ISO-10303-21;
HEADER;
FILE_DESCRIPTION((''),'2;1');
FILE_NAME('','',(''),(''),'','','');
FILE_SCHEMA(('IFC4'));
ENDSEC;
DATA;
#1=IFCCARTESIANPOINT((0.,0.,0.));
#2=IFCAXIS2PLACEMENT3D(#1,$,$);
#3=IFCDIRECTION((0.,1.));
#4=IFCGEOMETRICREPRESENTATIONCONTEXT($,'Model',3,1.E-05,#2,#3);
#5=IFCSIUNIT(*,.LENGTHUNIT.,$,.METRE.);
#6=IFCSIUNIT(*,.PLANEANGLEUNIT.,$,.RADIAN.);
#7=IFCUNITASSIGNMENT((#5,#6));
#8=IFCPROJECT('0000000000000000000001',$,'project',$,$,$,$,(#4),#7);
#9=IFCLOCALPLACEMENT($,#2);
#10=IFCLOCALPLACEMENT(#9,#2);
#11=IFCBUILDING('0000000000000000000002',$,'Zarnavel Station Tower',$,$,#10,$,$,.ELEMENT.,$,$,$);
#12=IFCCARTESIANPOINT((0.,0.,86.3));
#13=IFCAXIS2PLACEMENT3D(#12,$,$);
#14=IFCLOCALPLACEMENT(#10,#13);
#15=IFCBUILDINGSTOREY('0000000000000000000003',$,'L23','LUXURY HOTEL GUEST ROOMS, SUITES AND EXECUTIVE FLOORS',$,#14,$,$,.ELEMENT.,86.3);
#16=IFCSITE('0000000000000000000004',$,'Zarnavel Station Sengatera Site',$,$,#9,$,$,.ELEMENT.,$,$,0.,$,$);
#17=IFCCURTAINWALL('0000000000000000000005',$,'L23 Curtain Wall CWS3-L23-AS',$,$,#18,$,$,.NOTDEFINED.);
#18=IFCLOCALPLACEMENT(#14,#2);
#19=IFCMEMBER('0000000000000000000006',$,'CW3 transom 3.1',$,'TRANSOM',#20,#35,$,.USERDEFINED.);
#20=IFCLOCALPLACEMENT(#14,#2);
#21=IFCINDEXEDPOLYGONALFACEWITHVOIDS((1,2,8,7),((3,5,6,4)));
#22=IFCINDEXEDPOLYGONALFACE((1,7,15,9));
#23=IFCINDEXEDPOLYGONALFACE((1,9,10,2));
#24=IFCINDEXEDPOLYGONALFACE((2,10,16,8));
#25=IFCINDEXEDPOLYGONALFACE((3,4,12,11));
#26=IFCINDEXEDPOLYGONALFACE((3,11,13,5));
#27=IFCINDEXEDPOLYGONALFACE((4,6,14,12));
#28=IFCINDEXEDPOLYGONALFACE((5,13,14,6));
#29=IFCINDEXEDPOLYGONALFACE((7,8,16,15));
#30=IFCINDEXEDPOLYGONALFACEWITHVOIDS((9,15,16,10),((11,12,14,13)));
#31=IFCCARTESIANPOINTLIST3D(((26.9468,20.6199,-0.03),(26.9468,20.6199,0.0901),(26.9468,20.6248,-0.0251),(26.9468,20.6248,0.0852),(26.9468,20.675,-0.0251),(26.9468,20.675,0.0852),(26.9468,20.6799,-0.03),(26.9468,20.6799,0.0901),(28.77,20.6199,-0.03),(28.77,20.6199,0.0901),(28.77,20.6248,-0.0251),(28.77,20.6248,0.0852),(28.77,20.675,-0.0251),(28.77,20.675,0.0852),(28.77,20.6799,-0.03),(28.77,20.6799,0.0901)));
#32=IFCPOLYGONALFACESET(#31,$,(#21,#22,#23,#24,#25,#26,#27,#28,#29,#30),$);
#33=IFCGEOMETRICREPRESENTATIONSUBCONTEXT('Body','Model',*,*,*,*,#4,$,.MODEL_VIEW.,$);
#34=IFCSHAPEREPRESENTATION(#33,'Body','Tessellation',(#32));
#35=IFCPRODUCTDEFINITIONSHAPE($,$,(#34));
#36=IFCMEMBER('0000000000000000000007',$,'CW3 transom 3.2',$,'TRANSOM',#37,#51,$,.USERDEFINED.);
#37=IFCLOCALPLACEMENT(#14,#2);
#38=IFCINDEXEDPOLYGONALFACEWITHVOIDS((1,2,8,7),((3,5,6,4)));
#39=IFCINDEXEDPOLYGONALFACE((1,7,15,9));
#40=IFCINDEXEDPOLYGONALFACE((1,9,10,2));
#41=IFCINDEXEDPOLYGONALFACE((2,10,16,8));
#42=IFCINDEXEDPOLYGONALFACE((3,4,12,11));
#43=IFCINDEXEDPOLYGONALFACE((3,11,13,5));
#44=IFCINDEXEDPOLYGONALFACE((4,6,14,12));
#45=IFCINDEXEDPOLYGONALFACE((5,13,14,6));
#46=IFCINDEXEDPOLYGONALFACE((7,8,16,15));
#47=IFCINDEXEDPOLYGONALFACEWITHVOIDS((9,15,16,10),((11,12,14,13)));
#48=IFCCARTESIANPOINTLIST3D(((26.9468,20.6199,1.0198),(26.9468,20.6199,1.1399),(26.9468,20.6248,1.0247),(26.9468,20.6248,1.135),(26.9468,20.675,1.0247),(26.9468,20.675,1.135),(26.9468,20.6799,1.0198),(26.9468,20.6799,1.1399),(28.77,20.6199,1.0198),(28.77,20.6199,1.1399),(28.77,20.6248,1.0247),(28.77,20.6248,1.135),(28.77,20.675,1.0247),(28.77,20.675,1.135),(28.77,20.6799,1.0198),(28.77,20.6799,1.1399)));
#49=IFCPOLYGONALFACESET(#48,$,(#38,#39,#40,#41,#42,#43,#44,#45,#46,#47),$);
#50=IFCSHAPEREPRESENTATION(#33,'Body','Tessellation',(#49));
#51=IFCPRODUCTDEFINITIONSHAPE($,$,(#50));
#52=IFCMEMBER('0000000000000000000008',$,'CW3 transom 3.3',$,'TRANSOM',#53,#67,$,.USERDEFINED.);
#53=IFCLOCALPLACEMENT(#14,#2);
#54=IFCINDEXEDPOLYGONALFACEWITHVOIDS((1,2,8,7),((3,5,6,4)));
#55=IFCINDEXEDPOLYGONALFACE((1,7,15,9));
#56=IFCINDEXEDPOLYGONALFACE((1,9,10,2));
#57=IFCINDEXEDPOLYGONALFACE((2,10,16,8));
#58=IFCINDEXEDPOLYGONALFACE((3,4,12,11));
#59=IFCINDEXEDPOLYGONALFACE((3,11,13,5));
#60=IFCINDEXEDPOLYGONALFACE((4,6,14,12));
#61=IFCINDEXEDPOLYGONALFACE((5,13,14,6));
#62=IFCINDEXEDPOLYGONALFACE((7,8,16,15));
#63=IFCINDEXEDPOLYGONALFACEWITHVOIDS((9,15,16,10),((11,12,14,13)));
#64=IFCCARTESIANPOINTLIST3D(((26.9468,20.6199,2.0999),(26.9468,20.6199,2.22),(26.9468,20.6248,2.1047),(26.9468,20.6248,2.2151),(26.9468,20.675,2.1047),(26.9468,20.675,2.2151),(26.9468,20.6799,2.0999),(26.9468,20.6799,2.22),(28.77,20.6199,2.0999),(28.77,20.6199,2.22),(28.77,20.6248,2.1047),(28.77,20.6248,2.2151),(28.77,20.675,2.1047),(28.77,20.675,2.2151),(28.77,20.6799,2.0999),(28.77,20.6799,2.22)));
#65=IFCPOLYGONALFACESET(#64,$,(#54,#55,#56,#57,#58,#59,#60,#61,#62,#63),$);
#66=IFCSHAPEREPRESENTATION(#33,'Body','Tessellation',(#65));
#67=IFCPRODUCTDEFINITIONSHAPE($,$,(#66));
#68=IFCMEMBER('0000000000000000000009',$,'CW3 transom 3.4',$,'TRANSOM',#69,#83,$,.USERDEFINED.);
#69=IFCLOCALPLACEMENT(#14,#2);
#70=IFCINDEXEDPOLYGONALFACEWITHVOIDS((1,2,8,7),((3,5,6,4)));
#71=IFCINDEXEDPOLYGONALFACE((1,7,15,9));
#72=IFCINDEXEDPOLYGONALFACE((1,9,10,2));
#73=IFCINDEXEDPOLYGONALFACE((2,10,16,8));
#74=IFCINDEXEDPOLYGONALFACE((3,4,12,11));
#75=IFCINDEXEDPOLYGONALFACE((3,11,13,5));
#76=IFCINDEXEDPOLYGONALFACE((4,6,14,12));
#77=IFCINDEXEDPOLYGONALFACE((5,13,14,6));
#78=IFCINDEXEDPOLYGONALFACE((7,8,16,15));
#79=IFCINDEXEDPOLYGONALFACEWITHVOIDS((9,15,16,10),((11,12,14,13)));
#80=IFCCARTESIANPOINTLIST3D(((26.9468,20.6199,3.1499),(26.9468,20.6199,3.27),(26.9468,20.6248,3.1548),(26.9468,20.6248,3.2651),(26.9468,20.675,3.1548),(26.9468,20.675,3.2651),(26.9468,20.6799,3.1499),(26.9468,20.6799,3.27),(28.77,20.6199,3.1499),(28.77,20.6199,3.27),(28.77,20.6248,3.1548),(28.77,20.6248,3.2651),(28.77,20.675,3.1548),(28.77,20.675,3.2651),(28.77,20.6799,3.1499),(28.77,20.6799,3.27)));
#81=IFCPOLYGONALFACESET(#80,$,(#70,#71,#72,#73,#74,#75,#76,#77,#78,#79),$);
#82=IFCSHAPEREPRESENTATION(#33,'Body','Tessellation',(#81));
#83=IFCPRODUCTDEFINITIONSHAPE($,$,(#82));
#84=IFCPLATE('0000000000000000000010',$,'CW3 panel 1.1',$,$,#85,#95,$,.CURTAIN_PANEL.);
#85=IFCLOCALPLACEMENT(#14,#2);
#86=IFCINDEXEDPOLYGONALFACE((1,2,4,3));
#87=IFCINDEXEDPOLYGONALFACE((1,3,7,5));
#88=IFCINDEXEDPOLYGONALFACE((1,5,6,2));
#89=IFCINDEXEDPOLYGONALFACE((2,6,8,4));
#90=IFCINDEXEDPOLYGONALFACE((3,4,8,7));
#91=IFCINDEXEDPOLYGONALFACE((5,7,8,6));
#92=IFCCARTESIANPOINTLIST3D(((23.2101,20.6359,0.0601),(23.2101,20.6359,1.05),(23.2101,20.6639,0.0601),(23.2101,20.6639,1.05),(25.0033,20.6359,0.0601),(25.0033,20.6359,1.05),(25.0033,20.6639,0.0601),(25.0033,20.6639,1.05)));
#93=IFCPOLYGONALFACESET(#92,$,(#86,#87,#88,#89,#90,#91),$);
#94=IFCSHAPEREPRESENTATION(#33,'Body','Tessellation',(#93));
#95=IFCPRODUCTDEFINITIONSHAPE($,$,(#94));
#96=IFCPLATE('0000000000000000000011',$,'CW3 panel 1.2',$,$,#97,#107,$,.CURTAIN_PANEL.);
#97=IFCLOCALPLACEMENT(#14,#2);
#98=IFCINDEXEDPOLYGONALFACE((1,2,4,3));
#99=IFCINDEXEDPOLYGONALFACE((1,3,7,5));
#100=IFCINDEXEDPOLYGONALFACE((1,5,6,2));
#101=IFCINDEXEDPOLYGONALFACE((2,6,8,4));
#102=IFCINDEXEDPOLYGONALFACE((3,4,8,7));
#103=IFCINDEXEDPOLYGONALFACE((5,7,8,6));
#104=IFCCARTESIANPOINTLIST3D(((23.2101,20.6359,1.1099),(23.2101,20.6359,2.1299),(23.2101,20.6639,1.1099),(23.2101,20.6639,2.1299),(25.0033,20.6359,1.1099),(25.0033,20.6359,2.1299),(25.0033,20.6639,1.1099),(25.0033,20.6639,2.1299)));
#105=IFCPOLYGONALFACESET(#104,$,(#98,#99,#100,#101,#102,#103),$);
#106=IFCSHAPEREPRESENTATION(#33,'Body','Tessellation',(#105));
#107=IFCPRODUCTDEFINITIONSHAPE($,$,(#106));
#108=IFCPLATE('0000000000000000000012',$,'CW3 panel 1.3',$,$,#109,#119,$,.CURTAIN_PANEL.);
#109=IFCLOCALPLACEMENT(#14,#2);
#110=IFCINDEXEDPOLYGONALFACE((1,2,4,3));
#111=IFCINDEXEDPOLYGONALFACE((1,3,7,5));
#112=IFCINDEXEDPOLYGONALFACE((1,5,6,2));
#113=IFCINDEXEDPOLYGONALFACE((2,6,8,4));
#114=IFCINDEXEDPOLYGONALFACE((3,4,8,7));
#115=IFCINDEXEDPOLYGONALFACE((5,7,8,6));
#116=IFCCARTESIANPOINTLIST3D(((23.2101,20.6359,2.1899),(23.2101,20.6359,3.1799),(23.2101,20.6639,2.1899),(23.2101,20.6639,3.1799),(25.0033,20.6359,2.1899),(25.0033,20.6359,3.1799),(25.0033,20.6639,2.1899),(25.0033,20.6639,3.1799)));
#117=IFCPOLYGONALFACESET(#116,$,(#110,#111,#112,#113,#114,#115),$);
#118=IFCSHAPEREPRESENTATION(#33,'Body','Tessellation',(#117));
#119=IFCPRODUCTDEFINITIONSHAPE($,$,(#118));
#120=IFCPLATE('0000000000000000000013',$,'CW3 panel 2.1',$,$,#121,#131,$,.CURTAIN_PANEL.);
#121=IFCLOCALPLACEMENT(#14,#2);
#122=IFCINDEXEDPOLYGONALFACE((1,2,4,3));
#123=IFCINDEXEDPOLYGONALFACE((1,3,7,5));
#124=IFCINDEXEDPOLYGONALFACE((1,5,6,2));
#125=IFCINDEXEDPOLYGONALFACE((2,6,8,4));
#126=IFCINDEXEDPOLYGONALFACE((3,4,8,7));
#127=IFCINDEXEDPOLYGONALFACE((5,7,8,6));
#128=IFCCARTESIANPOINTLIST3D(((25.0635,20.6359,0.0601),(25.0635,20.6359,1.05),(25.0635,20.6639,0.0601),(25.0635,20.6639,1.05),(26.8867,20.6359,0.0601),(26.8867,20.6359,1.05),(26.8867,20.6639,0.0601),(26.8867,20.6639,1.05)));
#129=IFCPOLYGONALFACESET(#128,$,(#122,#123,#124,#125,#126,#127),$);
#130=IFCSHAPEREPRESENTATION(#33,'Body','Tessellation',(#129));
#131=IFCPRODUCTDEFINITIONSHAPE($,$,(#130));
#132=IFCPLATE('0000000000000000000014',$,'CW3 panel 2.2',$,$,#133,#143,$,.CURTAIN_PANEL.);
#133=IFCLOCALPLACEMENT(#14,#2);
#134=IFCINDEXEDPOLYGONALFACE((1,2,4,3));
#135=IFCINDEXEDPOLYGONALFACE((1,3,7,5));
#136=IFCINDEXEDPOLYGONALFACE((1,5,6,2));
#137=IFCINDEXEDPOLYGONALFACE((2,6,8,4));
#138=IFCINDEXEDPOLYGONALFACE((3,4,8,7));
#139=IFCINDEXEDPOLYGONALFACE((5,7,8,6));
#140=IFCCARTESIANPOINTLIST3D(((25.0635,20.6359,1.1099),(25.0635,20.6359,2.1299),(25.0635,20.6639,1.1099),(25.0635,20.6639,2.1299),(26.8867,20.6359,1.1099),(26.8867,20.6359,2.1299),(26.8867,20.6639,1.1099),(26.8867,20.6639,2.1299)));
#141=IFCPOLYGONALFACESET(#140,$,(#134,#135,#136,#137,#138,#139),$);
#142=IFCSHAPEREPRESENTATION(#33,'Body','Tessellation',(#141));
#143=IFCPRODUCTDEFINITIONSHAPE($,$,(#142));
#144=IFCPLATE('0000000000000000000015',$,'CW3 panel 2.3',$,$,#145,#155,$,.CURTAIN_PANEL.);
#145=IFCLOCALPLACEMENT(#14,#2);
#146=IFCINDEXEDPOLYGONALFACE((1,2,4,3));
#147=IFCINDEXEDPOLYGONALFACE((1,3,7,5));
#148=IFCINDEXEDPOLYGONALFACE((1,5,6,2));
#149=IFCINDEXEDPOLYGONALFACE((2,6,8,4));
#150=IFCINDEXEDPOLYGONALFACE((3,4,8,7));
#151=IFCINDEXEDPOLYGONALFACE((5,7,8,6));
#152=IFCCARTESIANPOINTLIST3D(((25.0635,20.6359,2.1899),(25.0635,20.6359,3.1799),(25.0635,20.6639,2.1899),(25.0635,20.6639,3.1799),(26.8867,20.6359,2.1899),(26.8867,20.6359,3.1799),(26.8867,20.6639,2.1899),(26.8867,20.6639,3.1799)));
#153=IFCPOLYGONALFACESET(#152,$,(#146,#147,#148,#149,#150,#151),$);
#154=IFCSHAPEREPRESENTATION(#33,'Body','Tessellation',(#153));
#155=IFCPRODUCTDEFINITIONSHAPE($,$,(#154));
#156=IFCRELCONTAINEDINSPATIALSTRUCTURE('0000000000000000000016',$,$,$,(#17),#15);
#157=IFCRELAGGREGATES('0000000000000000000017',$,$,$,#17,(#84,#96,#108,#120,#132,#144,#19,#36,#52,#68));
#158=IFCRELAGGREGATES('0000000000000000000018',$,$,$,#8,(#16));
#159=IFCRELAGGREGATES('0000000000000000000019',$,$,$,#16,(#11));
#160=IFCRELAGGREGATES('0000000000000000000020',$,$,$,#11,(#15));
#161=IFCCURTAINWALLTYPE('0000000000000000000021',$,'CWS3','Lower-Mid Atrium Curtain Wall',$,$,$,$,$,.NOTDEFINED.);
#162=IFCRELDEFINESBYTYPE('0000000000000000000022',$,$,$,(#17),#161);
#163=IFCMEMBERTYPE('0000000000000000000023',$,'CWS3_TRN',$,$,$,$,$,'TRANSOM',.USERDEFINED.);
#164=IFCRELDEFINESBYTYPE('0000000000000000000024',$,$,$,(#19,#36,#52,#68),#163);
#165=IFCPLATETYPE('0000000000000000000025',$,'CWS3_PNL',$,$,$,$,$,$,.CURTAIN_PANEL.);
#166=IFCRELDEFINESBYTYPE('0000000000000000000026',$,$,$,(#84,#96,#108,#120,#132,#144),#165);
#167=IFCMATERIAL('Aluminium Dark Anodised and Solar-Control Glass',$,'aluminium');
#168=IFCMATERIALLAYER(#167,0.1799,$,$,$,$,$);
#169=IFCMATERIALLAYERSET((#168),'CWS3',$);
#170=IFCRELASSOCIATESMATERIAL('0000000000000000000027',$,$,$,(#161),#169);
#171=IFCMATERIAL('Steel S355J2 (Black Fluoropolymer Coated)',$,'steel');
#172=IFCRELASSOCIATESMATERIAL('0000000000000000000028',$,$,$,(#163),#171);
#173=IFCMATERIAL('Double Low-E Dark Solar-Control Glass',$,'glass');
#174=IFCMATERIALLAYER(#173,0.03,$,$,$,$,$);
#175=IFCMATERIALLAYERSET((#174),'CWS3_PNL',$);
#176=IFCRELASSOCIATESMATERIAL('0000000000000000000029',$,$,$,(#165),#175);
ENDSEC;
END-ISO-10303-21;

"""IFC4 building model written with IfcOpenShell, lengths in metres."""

from ifc_helpers import new_model, si_unit, direction, frame, origin, origin_2d, place, context, subcontext, project, spatial, rectangle, hollow_rectangle, extrude, material, layer, layer_set, material_profile, profile_set, type_object, element, aggregate, save


model = new_model("IFC4")

# Units and contexts
model_context = context("Model", 3, precision=1e-05, world=origin(), true_north=direction((0.0, 1.0)))
body_context = subcontext(model_context, "Body", "Model", "MODEL_VIEW")
ifc_project = project(units=[si_unit("LENGTHUNIT", "METRE"), si_unit("PLANEANGLEUNIT", "RADIAN")], contexts=[model_context])

# Site, building, storey
site_placement = place(None, origin())
site = spatial("IfcSite", under=ifc_project, at=site_placement, Name="Zarnavel Station Sengatera Site", CompositionType="ELEMENT", RefElevation=0.0)
building_placement = place(site_placement, origin())
building = spatial("IfcBuilding", under=site, at=building_placement, Name="Zarnavel Station Tower", CompositionType="ELEMENT")
storey_placement = place(building_placement, frame((0.0, 0.0, 86.3)))
storey = spatial("IfcBuildingStorey", under=building, at=storey_placement, Name="L23", Description="LUXURY HOTEL GUEST ROOMS, SUITES AND EXECUTIVE FLOORS", CompositionType="ELEMENT", Elevation=86.3)

# Curtain wall, members, plates
ifc_material_1 = material(Name="Aluminium Dark Anodised and Solar-Control Glass", Category="aluminium")
ifc_layer_1 = layer(ifc_material_1, 0.1799)
ifc_layer_set_1 = layer_set([ifc_layer_1], Name="CWS3")
curtain_wall_type = type_object("IfcCurtainWallType", Name="CWS3", Description="Lower-Mid Atrium Curtain Wall", PredefinedType="NOTDEFINED", material=ifc_layer_set_1)
curtain_wall_placement = place(storey_placement, origin())
curtain_wall = element("IfcCurtainWall", 1, at=curtain_wall_placement, inside=storey, type_object=curtain_wall_type, Name="L23 Curtain Wall CWS3-L23-AS", PredefinedType="NOTDEFINED")
ifc_material_2 = material(Name="Steel S355J2 (Black Fluoropolymer Coated)", Category="steel")
ifc_material_profile_1 = material_profile(ifc_material_2, hollow_rectangle(XDim=0.0601, YDim=0.1201, WallThickness=0.0049, at=origin_2d()), Name="RHS120x60x5")
ifc_profile_set_1 = profile_set([ifc_material_profile_1], Name="Steel S355J2 (Black Fluoropolymer Coated)")
member_type_1 = type_object("IfcMemberType", Name="CWS3_TRN", ElementType="TRANSOM", PredefinedType="USERDEFINED", material=ifc_profile_set_1)
member_1_placement = place(storey_placement, frame((26.9468, 20.6499, 0.03), z_axis=(1.0, 0.0, 0.0), x_axis=(0.0, 1.0, 0.0)))
member_1 = element("IfcMember", 2, at=member_1_placement, type_object=member_type_1, Name="CW3 transom 3.1", ObjectType="TRANSOM", PredefinedType="USERDEFINED", context=body_context, shape_type="SweptSolid", body=[
    extrude(hollow_rectangle(XDim=0.0601, YDim=0.1201, WallThickness=0.0049, at=origin_2d()), origin(), (0.0, 0.0, 1.0), 1.8232),
])
member_2_placement = place(storey_placement, frame((26.9468, 20.6499, 1.0798), z_axis=(1.0, 0.0, 0.0), x_axis=(0.0, 1.0, 0.0)))
member_2 = element("IfcMember", 3, at=member_2_placement, type_object=member_type_1, Name="CW3 transom 3.2", ObjectType="TRANSOM", PredefinedType="USERDEFINED", context=body_context, shape_type="SweptSolid", body=[
    extrude(hollow_rectangle(XDim=0.0601, YDim=0.1201, WallThickness=0.0049, at=origin_2d()), origin(), (0.0, 0.0, 1.0), 1.8232),
])
member_3_placement = place(storey_placement, frame((26.9468, 20.6499, 2.1599), z_axis=(1.0, 0.0, 0.0), x_axis=(0.0, 1.0, 0.0)))
member_3 = element("IfcMember", 4, at=member_3_placement, type_object=member_type_1, Name="CW3 transom 3.3", ObjectType="TRANSOM", PredefinedType="USERDEFINED", context=body_context, shape_type="SweptSolid", body=[
    extrude(hollow_rectangle(XDim=0.0601, YDim=0.1201, WallThickness=0.0049, at=origin_2d()), origin(), (0.0, 0.0, 1.0), 1.8232),
])
member_4_placement = place(storey_placement, frame((26.9468, 20.6499, 3.21), z_axis=(1.0, 0.0, 0.0), x_axis=(0.0, 1.0, 0.0)))
member_4 = element("IfcMember", 5, at=member_4_placement, type_object=member_type_1, Name="CW3 transom 3.4", ObjectType="TRANSOM", PredefinedType="USERDEFINED", context=body_context, shape_type="SweptSolid", body=[
    extrude(hollow_rectangle(XDim=0.0601, YDim=0.1201, WallThickness=0.0049, at=origin_2d()), origin(), (0.0, 0.0, 1.0), 1.8232),
])
ifc_material_3 = material(Name="Double Low-E Dark Solar-Control Glass", Category="glass")
ifc_layer_2 = layer(ifc_material_3, 0.03)
ifc_layer_set_2 = layer_set([ifc_layer_2], Name="CWS3_PNL")
plate_type = type_object("IfcPlateType", Name="CWS3_PNL", PredefinedType="CURTAIN_PANEL", material=ifc_layer_set_2)
plate_1_placement = place(storey_placement, frame((24.1067, 20.6499, 0.0601), z_axis=(0.0, 0.0, 1.0), x_axis=(1.0, 0.0, 0.0)))
plate_1 = element("IfcPlate", 6, at=plate_1_placement, type_object=plate_type, Name="CW3 panel 1.1", PredefinedType="CURTAIN_PANEL", context=body_context, shape_type="SweptSolid", body=[
    extrude(rectangle(XDim=1.7932, YDim=0.0281, at=origin_2d()), origin(), (0.0, 0.0, 1.0), 0.99),
])
plate_2_placement = place(storey_placement, frame((24.1067, 20.6499, 1.1099), z_axis=(0.0, 0.0, 1.0), x_axis=(1.0, 0.0, 0.0)))
plate_2 = element("IfcPlate", 7, at=plate_2_placement, type_object=plate_type, Name="CW3 panel 1.2", PredefinedType="CURTAIN_PANEL", context=body_context, shape_type="SweptSolid", body=[
    extrude(rectangle(XDim=1.7932, YDim=0.0281, at=origin_2d()), origin(), (0.0, 0.0, 1.0), 1.02),
])
plate_3_placement = place(storey_placement, frame((24.1067, 20.6499, 2.1899), z_axis=(0.0, 0.0, 1.0), x_axis=(1.0, 0.0, 0.0)))
plate_3 = element("IfcPlate", 8, at=plate_3_placement, type_object=plate_type, Name="CW3 panel 1.3", PredefinedType="CURTAIN_PANEL", context=body_context, shape_type="SweptSolid", body=[
    extrude(rectangle(XDim=1.7932, YDim=0.0281, at=origin_2d()), origin(), (0.0, 0.0, 1.0), 0.99),
])
plate_4_placement = place(storey_placement, frame((25.9751, 20.6499, 0.0601), z_axis=(0.0, 0.0, 1.0), x_axis=(1.0, 0.0, 0.0)))
plate_4 = element("IfcPlate", 9, at=plate_4_placement, type_object=plate_type, Name="CW3 panel 2.1", PredefinedType="CURTAIN_PANEL", context=body_context, shape_type="SweptSolid", body=[
    extrude(rectangle(XDim=1.8232, YDim=0.0281, at=origin_2d()), origin(), (0.0, 0.0, 1.0), 0.99),
])
plate_5_placement = place(storey_placement, frame((25.9751, 20.6499, 1.1099), z_axis=(0.0, 0.0, 1.0), x_axis=(1.0, 0.0, 0.0)))
plate_5 = element("IfcPlate", 10, at=plate_5_placement, type_object=plate_type, Name="CW3 panel 2.2", PredefinedType="CURTAIN_PANEL", context=body_context, shape_type="SweptSolid", body=[
    extrude(rectangle(XDim=1.8232, YDim=0.0281, at=origin_2d()), origin(), (0.0, 0.0, 1.0), 1.02),
])
plate_6_placement = place(storey_placement, frame((25.9751, 20.6499, 2.1899), z_axis=(0.0, 0.0, 1.0), x_axis=(1.0, 0.0, 0.0)))
plate_6 = element("IfcPlate", 11, at=plate_6_placement, type_object=plate_type, Name="CW3 panel 2.3", PredefinedType="CURTAIN_PANEL", context=body_context, shape_type="SweptSolid", body=[
    extrude(rectangle(XDim=1.8232, YDim=0.0281, at=origin_2d()), origin(), (0.0, 0.0, 1.0), 0.99),
])
aggregate(curtain_wall, [plate_1, plate_2, plate_3, plate_4, plate_5, plate_6, member_1, member_2, member_3, member_4])

save(model, "model.ifc")
